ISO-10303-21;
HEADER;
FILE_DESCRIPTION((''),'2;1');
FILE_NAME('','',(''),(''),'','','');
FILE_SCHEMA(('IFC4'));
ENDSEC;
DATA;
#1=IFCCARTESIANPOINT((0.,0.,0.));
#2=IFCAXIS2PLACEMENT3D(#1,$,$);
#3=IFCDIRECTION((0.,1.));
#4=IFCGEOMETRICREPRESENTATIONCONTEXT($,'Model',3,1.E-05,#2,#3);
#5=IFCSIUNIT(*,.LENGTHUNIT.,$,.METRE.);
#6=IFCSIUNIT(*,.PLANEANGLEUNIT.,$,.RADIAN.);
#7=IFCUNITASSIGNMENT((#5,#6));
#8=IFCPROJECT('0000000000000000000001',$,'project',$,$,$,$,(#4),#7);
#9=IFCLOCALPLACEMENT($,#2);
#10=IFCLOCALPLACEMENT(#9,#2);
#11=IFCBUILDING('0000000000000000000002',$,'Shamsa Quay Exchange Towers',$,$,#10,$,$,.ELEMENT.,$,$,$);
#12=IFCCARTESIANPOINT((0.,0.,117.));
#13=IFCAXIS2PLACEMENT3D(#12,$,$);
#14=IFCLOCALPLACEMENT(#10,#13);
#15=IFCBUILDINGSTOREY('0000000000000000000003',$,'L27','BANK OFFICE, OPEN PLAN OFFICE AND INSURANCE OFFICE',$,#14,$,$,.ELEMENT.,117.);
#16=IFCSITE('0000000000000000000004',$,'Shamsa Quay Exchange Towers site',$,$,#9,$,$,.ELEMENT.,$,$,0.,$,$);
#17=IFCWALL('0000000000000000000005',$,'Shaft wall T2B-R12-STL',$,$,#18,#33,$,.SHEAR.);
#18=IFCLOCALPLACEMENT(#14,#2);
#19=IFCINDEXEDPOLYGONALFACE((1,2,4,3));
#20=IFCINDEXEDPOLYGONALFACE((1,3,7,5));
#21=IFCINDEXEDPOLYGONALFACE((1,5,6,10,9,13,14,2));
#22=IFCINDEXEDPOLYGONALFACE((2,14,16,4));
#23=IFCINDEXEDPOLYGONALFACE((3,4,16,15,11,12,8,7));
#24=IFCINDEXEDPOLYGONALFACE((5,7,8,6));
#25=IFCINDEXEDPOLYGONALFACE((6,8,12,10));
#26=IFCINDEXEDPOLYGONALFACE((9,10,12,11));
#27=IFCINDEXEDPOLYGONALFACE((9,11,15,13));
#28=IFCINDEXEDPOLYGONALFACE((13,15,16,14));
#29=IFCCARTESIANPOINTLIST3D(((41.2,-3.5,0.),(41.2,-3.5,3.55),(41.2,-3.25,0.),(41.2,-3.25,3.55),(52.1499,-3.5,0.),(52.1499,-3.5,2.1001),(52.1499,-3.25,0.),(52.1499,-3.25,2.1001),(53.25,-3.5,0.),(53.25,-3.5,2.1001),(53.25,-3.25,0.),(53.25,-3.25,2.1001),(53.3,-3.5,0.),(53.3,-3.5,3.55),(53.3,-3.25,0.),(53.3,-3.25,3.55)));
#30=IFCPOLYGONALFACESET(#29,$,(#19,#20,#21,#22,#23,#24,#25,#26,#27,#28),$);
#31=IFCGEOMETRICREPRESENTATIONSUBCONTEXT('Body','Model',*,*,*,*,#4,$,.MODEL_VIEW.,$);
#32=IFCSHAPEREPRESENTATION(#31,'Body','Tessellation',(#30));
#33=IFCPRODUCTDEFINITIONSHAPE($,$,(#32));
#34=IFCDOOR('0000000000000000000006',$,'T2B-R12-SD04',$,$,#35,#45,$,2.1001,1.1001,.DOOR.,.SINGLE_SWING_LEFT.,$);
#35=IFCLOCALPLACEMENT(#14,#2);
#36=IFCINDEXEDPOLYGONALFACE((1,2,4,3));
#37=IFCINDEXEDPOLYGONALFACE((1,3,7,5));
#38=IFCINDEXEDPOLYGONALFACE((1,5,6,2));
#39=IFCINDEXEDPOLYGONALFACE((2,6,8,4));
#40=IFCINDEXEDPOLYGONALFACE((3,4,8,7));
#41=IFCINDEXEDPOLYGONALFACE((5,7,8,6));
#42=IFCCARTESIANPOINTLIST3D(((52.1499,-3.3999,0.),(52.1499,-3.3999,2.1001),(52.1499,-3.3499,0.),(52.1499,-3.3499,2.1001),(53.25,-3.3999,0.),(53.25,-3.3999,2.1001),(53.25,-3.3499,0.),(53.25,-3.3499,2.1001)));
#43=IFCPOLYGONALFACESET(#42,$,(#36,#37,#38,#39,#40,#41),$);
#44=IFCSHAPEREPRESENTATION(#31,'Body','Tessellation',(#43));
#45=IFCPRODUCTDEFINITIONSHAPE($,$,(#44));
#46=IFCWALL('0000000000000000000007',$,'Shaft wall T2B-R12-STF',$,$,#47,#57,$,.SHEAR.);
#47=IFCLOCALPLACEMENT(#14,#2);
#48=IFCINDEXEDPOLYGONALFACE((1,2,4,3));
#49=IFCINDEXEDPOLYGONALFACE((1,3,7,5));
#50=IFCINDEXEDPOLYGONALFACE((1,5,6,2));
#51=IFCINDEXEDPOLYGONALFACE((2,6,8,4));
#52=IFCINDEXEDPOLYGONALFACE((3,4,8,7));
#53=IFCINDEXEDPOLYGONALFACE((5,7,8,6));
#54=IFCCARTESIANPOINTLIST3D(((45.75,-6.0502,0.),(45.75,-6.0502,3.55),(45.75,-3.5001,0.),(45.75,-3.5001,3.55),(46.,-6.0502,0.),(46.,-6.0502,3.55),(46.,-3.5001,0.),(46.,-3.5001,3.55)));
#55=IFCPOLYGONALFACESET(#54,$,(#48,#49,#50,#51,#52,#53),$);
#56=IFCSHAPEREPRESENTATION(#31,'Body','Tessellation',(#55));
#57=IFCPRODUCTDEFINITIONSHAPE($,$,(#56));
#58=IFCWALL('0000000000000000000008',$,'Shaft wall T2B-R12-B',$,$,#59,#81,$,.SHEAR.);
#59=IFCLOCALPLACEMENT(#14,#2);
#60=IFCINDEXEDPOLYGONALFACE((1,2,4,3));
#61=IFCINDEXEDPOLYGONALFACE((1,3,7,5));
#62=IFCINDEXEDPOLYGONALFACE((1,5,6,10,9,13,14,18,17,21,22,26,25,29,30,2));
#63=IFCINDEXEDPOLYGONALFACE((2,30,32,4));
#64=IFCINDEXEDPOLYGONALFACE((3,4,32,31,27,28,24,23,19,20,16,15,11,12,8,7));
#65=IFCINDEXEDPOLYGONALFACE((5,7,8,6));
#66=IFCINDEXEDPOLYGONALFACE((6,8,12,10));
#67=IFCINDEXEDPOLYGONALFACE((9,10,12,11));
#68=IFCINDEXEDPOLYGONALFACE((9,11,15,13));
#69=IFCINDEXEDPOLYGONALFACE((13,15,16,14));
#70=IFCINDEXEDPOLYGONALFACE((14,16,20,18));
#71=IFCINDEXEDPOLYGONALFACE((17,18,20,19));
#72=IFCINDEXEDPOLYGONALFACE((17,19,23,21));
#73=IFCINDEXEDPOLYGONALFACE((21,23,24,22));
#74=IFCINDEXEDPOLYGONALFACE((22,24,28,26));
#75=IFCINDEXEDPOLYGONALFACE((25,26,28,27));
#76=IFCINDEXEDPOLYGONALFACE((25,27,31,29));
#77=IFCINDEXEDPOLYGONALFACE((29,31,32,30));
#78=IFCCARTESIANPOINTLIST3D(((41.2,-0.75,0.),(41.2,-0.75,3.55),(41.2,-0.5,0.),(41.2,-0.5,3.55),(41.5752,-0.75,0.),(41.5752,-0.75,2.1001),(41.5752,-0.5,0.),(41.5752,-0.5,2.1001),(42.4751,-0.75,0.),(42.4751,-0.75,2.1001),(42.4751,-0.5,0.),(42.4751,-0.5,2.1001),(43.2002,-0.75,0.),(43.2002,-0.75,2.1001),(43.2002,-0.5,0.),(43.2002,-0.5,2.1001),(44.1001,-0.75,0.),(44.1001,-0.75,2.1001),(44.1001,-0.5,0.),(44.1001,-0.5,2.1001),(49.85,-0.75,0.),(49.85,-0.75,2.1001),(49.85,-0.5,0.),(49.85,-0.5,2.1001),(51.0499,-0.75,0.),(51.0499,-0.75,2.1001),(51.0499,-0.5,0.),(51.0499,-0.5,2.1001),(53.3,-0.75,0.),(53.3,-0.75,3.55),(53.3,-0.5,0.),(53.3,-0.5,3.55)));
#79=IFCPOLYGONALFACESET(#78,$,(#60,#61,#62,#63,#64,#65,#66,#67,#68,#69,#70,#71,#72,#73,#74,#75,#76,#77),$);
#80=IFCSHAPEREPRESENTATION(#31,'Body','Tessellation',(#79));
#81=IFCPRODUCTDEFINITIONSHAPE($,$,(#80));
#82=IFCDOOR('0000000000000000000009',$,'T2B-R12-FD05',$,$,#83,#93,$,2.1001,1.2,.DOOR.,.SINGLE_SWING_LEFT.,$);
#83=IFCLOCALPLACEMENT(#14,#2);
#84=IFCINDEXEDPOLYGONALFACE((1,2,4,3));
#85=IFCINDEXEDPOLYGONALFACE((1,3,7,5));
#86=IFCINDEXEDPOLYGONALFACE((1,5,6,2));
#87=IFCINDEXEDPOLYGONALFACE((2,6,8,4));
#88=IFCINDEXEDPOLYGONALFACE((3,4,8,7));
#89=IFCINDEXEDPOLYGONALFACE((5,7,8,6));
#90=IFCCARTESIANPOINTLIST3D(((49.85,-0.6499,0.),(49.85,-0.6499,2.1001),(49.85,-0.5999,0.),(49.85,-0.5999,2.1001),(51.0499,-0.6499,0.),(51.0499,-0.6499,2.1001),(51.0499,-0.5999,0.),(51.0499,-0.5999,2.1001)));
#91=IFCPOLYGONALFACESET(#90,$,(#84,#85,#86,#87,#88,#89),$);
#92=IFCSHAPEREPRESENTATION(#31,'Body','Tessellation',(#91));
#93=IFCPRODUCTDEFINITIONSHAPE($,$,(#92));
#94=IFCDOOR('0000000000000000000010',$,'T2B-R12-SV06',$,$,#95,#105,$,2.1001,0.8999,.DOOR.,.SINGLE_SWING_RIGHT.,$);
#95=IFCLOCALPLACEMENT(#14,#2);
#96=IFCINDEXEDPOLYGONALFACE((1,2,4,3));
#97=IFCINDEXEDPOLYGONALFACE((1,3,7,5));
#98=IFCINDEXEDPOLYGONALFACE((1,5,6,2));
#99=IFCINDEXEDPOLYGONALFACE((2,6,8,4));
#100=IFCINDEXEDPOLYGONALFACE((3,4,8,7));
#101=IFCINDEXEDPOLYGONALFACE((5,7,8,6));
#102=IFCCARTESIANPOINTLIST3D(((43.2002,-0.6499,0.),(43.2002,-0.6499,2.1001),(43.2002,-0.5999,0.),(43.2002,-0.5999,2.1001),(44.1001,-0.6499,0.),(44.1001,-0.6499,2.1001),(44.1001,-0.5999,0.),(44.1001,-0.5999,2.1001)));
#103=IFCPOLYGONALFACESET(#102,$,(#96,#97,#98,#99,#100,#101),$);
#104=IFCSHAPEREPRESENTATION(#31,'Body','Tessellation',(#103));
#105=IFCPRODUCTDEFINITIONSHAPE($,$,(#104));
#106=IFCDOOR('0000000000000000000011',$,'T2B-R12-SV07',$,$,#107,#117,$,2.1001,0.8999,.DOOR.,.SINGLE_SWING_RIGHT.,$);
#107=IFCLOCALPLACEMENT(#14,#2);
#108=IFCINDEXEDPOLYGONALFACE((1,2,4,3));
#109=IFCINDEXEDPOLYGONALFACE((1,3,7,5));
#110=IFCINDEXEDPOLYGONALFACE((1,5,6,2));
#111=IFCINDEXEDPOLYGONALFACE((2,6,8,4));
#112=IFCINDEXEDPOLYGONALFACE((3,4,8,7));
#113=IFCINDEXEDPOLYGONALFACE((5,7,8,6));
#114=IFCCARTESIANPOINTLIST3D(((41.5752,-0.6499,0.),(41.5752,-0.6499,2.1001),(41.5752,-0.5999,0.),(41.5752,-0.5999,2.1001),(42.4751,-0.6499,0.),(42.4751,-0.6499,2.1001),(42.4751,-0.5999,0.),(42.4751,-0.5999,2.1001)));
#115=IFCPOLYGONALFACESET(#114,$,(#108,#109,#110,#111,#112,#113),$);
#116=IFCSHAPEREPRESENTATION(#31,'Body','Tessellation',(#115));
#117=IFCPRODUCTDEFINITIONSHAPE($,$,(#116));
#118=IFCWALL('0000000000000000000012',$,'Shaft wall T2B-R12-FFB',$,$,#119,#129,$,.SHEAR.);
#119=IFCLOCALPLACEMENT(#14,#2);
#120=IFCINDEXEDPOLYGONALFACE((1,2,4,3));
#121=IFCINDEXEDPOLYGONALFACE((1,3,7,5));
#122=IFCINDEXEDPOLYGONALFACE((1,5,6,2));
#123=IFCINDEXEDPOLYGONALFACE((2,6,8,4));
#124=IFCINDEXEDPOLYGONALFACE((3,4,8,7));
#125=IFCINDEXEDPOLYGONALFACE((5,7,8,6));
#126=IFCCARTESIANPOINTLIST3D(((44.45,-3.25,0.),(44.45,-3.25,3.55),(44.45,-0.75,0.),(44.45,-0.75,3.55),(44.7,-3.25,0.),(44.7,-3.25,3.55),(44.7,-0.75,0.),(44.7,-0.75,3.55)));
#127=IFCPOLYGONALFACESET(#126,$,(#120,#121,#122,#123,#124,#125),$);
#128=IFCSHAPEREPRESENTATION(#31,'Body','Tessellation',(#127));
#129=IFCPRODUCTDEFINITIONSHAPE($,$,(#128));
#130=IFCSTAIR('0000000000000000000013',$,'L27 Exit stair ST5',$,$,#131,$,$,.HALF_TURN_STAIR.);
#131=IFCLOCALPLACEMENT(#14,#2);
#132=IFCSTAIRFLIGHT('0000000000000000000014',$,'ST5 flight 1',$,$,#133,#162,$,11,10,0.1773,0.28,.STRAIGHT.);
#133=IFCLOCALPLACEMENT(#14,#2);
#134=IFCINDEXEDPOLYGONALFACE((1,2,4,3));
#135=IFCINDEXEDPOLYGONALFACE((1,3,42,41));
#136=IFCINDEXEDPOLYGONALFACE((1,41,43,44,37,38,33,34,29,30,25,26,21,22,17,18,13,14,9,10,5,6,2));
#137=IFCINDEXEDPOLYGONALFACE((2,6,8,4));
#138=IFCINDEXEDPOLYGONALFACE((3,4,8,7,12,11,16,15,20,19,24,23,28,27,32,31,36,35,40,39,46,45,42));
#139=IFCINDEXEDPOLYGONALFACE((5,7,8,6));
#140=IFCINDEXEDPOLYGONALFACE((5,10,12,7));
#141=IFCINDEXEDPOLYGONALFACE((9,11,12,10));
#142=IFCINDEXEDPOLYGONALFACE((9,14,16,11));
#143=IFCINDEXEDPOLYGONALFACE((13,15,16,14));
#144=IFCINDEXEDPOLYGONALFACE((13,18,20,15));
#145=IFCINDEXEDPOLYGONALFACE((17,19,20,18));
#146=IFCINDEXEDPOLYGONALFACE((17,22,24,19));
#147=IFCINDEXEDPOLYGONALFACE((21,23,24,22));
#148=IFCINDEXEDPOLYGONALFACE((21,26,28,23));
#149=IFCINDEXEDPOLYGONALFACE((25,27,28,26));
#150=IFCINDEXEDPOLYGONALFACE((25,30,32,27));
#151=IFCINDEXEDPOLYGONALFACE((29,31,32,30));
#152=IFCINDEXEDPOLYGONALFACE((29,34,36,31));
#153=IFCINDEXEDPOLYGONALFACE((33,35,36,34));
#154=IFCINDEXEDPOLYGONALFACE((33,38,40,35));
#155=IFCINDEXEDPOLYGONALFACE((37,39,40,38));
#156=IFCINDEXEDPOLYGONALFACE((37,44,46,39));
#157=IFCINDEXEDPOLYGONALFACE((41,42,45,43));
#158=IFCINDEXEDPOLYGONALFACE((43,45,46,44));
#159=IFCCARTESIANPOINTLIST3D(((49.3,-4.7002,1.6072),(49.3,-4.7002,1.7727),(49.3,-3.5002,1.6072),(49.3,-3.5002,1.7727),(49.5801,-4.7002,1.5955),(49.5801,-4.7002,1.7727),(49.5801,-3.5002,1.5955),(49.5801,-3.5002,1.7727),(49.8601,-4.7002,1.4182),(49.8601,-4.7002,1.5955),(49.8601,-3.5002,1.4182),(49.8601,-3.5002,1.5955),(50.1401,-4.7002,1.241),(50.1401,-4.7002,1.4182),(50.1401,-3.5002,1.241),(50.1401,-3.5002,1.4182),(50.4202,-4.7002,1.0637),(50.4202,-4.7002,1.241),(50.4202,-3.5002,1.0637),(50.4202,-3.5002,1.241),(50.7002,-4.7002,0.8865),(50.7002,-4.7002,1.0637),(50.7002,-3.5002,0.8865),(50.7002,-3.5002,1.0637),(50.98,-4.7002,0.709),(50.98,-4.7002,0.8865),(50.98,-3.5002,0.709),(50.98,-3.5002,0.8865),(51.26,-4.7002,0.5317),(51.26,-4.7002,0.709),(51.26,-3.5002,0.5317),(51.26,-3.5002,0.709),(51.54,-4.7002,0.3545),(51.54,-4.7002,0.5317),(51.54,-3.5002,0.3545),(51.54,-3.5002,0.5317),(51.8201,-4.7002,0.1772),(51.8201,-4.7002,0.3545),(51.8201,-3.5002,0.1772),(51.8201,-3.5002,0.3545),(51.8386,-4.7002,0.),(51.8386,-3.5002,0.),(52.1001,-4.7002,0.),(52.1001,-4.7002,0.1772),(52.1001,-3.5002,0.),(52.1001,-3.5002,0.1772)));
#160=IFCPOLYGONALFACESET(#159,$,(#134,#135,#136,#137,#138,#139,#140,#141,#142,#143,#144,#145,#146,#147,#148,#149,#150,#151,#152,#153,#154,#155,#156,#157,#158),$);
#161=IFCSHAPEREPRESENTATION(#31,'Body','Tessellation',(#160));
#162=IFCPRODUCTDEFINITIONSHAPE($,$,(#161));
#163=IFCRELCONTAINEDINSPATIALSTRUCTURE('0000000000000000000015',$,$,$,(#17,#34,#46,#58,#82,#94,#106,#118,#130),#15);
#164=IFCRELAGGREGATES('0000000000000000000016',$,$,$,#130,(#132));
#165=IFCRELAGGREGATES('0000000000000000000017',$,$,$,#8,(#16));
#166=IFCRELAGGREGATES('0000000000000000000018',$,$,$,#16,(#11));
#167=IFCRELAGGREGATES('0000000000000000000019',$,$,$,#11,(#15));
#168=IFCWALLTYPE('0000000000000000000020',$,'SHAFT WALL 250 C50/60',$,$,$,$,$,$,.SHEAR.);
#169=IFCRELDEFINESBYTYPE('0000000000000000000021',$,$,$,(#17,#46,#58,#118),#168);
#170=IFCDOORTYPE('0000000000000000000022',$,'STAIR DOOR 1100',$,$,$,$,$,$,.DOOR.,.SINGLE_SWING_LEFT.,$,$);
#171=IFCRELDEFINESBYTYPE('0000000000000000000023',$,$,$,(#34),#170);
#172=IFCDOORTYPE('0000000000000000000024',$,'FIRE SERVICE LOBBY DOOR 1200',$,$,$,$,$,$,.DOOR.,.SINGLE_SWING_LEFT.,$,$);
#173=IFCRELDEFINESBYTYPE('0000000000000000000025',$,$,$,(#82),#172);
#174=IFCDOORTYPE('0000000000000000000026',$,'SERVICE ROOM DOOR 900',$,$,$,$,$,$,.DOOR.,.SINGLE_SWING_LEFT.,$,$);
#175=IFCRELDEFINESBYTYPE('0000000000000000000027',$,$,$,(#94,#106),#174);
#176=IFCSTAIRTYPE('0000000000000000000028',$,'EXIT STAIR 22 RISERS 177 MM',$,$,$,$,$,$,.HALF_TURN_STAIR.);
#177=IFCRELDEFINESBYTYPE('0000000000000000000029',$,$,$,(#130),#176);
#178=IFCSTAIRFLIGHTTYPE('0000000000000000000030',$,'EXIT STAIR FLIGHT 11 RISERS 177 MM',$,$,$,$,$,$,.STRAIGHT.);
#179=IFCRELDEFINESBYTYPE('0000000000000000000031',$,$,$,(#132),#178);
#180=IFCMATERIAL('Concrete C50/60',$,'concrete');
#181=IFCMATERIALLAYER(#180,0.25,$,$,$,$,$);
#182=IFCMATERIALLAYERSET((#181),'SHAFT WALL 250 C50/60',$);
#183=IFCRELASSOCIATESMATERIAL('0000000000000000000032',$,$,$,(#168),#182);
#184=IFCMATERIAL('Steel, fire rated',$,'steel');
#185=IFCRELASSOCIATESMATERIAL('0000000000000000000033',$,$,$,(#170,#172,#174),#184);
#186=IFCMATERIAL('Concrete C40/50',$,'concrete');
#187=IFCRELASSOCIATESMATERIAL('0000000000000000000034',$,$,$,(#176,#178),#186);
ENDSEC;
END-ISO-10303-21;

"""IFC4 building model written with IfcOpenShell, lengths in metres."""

from ifc_helpers import new_model, si_unit, direction, frame, frame_2d, origin, place, context, subcontext, project, spatial, polyline, rectangle, outline, extrude, material, layer, layer_set, type_object, element, fill, aggregate, save


model = new_model("IFC4")

# Units and contexts
model_context = context("Model", 3, precision=1e-05, world=origin(), true_north=direction((0.0, 1.0)))
body_context = subcontext(model_context, "Body", "Model", "MODEL_VIEW")
ifc_project = project(units=[si_unit("LENGTHUNIT", "METRE"), si_unit("PLANEANGLEUNIT", "RADIAN")], contexts=[model_context])

# Site, building, storey
site_placement = place(None, origin())
site = spatial("IfcSite", under=ifc_project, at=site_placement, Name="Shamsa Quay Exchange Towers site", CompositionType="ELEMENT", RefElevation=0.0)
building_placement = place(site_placement, origin())
building = spatial("IfcBuilding", under=site, at=building_placement, Name="Shamsa Quay Exchange Towers", CompositionType="ELEMENT")
storey_placement = place(building_placement, frame((0.0, 0.0, 117.0)))
storey = spatial("IfcBuildingStorey", under=building, at=storey_placement, Name="L27", Description="BANK OFFICE, OPEN PLAN OFFICE AND INSURANCE OFFICE", CompositionType="ELEMENT", Elevation=117.0)

# Wall, opening, door
ifc_material_1 = material(Name="Steel, fire rated", Category="steel")
ifc_material_2 = material(Name="Concrete C50/60", Category="concrete")
ifc_layer_1 = layer(ifc_material_2, 0.25)
ifc_layer_set_1 = layer_set([ifc_layer_1], Name="SHAFT WALL 250 C50/60")
wall_type_1 = type_object("IfcWallType", Name="SHAFT WALL 250 C50/60", PredefinedType="SHEAR", material=ifc_layer_set_1)
wall_1_placement = place(storey_placement, frame((53.3, -3.375, 0.0), z_axis=(0.0, 0.0, 1.0), x_axis=(-1.0, 0.0, 0.0)))
wall_1 = element("IfcWall", 1, at=wall_1_placement, inside=storey, type_object=wall_type_1, Name="Shaft wall T2B-R12-STL", PredefinedType="SHEAR", context=body_context, shape_type="SweptSolid", body=[
    extrude(rectangle(XDim=12.1001, YDim=0.25, at=frame_2d((6.05, 0.0))), origin(), (0.0, 0.0, 1.0), 3.55),
])
opening_1_placement = place(wall_1_placement, frame((0.05, 0.0, 0.0)))
opening_1 = element("IfcOpeningElement", 2, at=opening_1_placement, cuts=wall_1, PredefinedType="OPENING", context=body_context, shape_type="SweptSolid", body=[
    extrude(rectangle(XDim=1.1001, YDim=2.1001, at=frame_2d((0.55, 1.05))), frame((0.0, 0.135, 0.0), z_axis=(0.0, -1.0, 0.0), x_axis=(1.0, 0.0, 0.0)), (0.0, 0.0, 1.0), 0.27),
])
door_type_1 = type_object("IfcDoorType", Name="STAIR DOOR 1100", OperationType="SINGLE_SWING_LEFT", PredefinedType="DOOR", material=ifc_material_1)
door_1_placement = place(opening_1_placement, origin())
door_1 = element("IfcDoor", 3, at=door_1_placement, inside=storey, type_object=door_type_1, Name="T2B-R12-SD04", OperationType="SINGLE_SWING_LEFT", OverallHeight=2.1001, OverallWidth=1.1001, PredefinedType="DOOR", context=body_context, shape_type="SweptSolid", body=[
    extrude(rectangle(XDim=1.1001, YDim=2.1001, at=frame_2d((0.55, 1.05))), frame((0.0, 0.0249, 0.0), z_axis=(0.0, -1.0, 0.0), x_axis=(1.0, 0.0, 0.0)), (0.0, 0.0, 1.0), 0.05),
])
fill(opening_1, door_1)

# Wall
wall_2_placement = place(storey_placement, frame((45.875, -6.05, 0.0), z_axis=(0.0, 0.0, 1.0), x_axis=(0.0, 1.0, 0.0)))
element("IfcWall", 4, at=wall_2_placement, inside=storey, type_object=wall_type_1, Name="Shaft wall T2B-R12-STF", PredefinedType="SHEAR", context=body_context, shape_type="SweptSolid", body=[
    extrude(rectangle(XDim=2.55, YDim=0.25, at=frame_2d((1.2749, 0.0))), origin(), (0.0, 0.0, 1.0), 3.55),
])

# Wall, openings, doors
wall_3_placement = place(storey_placement, frame((53.3, -0.625, 0.0), z_axis=(0.0, 0.0, 1.0), x_axis=(-1.0, 0.0, 0.0)))
wall_3 = element("IfcWall", 5, at=wall_3_placement, inside=storey, type_object=wall_type_1, Name="Shaft wall T2B-R12-B", PredefinedType="SHEAR", context=body_context, shape_type="SweptSolid", body=[
    extrude(rectangle(XDim=12.1001, YDim=0.25, at=frame_2d((6.05, 0.0))), origin(), (0.0, 0.0, 1.0), 3.55),
])
opening_2_placement = place(wall_3_placement, frame((2.25, 0.0, 0.0)))
opening_2 = element("IfcOpeningElement", 6, at=opening_2_placement, cuts=wall_3, PredefinedType="OPENING", context=body_context, shape_type="SweptSolid", body=[
    extrude(rectangle(XDim=1.2, YDim=2.1001, at=frame_2d((0.6001, 1.05))), frame((0.0, 0.135, 0.0), z_axis=(0.0, -1.0, 0.0), x_axis=(1.0, 0.0, 0.0)), (0.0, 0.0, 1.0), 0.27),
])
opening_3_placement = place(wall_3_placement, frame((9.2, 0.0, 0.0)))
opening_3 = element("IfcOpeningElement", 7, at=opening_3_placement, cuts=wall_3, PredefinedType="OPENING", context=body_context, shape_type="SweptSolid", body=[
    extrude(rectangle(XDim=0.8999, YDim=2.1001, at=frame_2d((0.45, 1.05))), frame((0.0, 0.135, 0.0), z_axis=(0.0, -1.0, 0.0), x_axis=(1.0, 0.0, 0.0)), (0.0, 0.0, 1.0), 0.27),
])
opening_4_placement = place(wall_3_placement, frame((10.825, 0.0, 0.0)))
opening_4 = element("IfcOpeningElement", 8, at=opening_4_placement, cuts=wall_3, PredefinedType="OPENING", context=body_context, shape_type="SweptSolid", body=[
    extrude(rectangle(XDim=0.8999, YDim=2.1001, at=frame_2d((0.45, 1.05))), frame((0.0, 0.135, 0.0), z_axis=(0.0, -1.0, 0.0), x_axis=(1.0, 0.0, 0.0)), (0.0, 0.0, 1.0), 0.27),
])
door_type_2 = type_object("IfcDoorType", Name="FIRE SERVICE LOBBY DOOR 1200", OperationType="SINGLE_SWING_LEFT", PredefinedType="DOOR", material=ifc_material_1)
door_2_placement = place(opening_2_placement, origin())
door_2 = element("IfcDoor", 9, at=door_2_placement, inside=storey, type_object=door_type_2, Name="T2B-R12-FD05", OperationType="SINGLE_SWING_LEFT", OverallHeight=2.1001, OverallWidth=1.2, PredefinedType="DOOR", context=body_context, shape_type="SweptSolid", body=[
    extrude(rectangle(XDim=1.2, YDim=2.1001, at=frame_2d((0.6001, 1.05))), frame((0.0, 0.0249, 0.0), z_axis=(0.0, -1.0, 0.0), x_axis=(1.0, 0.0, 0.0)), (0.0, 0.0, 1.0), 0.05),
])
fill(opening_2, door_2)
door_type_3 = type_object("IfcDoorType", Name="SERVICE ROOM DOOR 900", OperationType="SINGLE_SWING_LEFT", PredefinedType="DOOR", material=ifc_material_1)
door_3_placement = place(opening_3_placement, origin())
door_3 = element("IfcDoor", 10, at=door_3_placement, inside=storey, type_object=door_type_3, Name="T2B-R12-SV06", OperationType="SINGLE_SWING_RIGHT", OverallHeight=2.1001, OverallWidth=0.8999, PredefinedType="DOOR", context=body_context, shape_type="SweptSolid", body=[
    extrude(rectangle(XDim=0.8999, YDim=2.1001, at=frame_2d((0.45, 1.05))), frame((0.0, 0.0249, 0.0), z_axis=(0.0, -1.0, 0.0), x_axis=(1.0, 0.0, 0.0)), (0.0, 0.0, 1.0), 0.05),
])
fill(opening_3, door_3)
door_4_placement = place(opening_4_placement, origin())
door_4 = element("IfcDoor", 11, at=door_4_placement, inside=storey, type_object=door_type_3, Name="T2B-R12-SV07", OperationType="SINGLE_SWING_RIGHT", OverallHeight=2.1001, OverallWidth=0.8999, PredefinedType="DOOR", context=body_context, shape_type="SweptSolid", body=[
    extrude(rectangle(XDim=0.8999, YDim=2.1001, at=frame_2d((0.45, 1.05))), frame((0.0, 0.0249, 0.0), z_axis=(0.0, -1.0, 0.0), x_axis=(1.0, 0.0, 0.0)), (0.0, 0.0, 1.0), 0.05),
])
fill(opening_4, door_4)

# Wall
wall_4_placement = place(storey_placement, frame((44.575, -3.25, 0.0), z_axis=(0.0, 0.0, 1.0), x_axis=(0.0, 1.0, 0.0)))
element("IfcWall", 12, at=wall_4_placement, inside=storey, type_object=wall_type_1, Name="Shaft wall T2B-R12-FFB", PredefinedType="SHEAR", context=body_context, shape_type="SweptSolid", body=[
    extrude(rectangle(XDim=2.5, YDim=0.25, at=frame_2d((1.25, 0.0))), origin(), (0.0, 0.0, 1.0), 3.55),
])

# Stair, stair flight
ifc_material_3 = material(Name="Concrete C40/50", Category="concrete")
stair_type = type_object("IfcStairType", Name="EXIT STAIR 22 RISERS 177 MM", PredefinedType="HALF_TURN_STAIR", material=ifc_material_3)
stair_placement = place(storey_placement, origin())
stair = element("IfcStair", 13, at=stair_placement, inside=storey, type_object=stair_type, Name="L27 Exit stair ST5", PredefinedType="HALF_TURN_STAIR")
stair_flight_type = type_object("IfcStairFlightType", Name="EXIT STAIR FLIGHT 11 RISERS 177 MM", PredefinedType="STRAIGHT", material=ifc_material_3)
stair_flight_1_placement = place(storey_placement, frame((52.1001, -4.1001, 0.0), z_axis=(0.0, 0.0, 1.0), x_axis=(-1.0, 0.0, 0.0)))
stair_flight_1 = element("IfcStairFlight", 14, at=stair_flight_1_placement, type_object=stair_flight_type, Name="ST5 flight 1", NumberOfRisers=11, NumberOfTreads=10, PredefinedType="STRAIGHT", RiserHeight=0.1773, TreadLength=0.28, context=body_context, shape_type="SweptSolid", body=[
    extrude(outline(polyline([(0.0, 0.0), (0.0, 0.1772), (0.28, 0.1772), (0.28, 0.3545), (0.5601, 0.3545), (0.5601, 0.5317), (0.8401, 0.5317), (0.8401, 0.709), (1.1201, 0.709), (1.1201, 0.8865), (1.3999, 0.8865), (1.3999, 1.0637), (1.6799, 1.0637), (1.6799, 1.241), (1.96, 1.241), (1.96, 1.4182), (2.24, 1.4182), (2.24, 1.5955), (2.52, 1.5955), (2.52, 1.7727), (2.8, 1.7727), (2.8, 1.95), (2.8, 1.6072), (0.2615, 0.0), (0.0, 0.0)])), frame((0.0, 0.6001, 0.0), z_axis=(0.0, -1.0, 0.0), x_axis=(1.0, 0.0, 0.0)), (0.0, 0.0, 1.0), 1.2),
])
aggregate(stair, [stair_flight_1])

save(model, "model.ifc")
